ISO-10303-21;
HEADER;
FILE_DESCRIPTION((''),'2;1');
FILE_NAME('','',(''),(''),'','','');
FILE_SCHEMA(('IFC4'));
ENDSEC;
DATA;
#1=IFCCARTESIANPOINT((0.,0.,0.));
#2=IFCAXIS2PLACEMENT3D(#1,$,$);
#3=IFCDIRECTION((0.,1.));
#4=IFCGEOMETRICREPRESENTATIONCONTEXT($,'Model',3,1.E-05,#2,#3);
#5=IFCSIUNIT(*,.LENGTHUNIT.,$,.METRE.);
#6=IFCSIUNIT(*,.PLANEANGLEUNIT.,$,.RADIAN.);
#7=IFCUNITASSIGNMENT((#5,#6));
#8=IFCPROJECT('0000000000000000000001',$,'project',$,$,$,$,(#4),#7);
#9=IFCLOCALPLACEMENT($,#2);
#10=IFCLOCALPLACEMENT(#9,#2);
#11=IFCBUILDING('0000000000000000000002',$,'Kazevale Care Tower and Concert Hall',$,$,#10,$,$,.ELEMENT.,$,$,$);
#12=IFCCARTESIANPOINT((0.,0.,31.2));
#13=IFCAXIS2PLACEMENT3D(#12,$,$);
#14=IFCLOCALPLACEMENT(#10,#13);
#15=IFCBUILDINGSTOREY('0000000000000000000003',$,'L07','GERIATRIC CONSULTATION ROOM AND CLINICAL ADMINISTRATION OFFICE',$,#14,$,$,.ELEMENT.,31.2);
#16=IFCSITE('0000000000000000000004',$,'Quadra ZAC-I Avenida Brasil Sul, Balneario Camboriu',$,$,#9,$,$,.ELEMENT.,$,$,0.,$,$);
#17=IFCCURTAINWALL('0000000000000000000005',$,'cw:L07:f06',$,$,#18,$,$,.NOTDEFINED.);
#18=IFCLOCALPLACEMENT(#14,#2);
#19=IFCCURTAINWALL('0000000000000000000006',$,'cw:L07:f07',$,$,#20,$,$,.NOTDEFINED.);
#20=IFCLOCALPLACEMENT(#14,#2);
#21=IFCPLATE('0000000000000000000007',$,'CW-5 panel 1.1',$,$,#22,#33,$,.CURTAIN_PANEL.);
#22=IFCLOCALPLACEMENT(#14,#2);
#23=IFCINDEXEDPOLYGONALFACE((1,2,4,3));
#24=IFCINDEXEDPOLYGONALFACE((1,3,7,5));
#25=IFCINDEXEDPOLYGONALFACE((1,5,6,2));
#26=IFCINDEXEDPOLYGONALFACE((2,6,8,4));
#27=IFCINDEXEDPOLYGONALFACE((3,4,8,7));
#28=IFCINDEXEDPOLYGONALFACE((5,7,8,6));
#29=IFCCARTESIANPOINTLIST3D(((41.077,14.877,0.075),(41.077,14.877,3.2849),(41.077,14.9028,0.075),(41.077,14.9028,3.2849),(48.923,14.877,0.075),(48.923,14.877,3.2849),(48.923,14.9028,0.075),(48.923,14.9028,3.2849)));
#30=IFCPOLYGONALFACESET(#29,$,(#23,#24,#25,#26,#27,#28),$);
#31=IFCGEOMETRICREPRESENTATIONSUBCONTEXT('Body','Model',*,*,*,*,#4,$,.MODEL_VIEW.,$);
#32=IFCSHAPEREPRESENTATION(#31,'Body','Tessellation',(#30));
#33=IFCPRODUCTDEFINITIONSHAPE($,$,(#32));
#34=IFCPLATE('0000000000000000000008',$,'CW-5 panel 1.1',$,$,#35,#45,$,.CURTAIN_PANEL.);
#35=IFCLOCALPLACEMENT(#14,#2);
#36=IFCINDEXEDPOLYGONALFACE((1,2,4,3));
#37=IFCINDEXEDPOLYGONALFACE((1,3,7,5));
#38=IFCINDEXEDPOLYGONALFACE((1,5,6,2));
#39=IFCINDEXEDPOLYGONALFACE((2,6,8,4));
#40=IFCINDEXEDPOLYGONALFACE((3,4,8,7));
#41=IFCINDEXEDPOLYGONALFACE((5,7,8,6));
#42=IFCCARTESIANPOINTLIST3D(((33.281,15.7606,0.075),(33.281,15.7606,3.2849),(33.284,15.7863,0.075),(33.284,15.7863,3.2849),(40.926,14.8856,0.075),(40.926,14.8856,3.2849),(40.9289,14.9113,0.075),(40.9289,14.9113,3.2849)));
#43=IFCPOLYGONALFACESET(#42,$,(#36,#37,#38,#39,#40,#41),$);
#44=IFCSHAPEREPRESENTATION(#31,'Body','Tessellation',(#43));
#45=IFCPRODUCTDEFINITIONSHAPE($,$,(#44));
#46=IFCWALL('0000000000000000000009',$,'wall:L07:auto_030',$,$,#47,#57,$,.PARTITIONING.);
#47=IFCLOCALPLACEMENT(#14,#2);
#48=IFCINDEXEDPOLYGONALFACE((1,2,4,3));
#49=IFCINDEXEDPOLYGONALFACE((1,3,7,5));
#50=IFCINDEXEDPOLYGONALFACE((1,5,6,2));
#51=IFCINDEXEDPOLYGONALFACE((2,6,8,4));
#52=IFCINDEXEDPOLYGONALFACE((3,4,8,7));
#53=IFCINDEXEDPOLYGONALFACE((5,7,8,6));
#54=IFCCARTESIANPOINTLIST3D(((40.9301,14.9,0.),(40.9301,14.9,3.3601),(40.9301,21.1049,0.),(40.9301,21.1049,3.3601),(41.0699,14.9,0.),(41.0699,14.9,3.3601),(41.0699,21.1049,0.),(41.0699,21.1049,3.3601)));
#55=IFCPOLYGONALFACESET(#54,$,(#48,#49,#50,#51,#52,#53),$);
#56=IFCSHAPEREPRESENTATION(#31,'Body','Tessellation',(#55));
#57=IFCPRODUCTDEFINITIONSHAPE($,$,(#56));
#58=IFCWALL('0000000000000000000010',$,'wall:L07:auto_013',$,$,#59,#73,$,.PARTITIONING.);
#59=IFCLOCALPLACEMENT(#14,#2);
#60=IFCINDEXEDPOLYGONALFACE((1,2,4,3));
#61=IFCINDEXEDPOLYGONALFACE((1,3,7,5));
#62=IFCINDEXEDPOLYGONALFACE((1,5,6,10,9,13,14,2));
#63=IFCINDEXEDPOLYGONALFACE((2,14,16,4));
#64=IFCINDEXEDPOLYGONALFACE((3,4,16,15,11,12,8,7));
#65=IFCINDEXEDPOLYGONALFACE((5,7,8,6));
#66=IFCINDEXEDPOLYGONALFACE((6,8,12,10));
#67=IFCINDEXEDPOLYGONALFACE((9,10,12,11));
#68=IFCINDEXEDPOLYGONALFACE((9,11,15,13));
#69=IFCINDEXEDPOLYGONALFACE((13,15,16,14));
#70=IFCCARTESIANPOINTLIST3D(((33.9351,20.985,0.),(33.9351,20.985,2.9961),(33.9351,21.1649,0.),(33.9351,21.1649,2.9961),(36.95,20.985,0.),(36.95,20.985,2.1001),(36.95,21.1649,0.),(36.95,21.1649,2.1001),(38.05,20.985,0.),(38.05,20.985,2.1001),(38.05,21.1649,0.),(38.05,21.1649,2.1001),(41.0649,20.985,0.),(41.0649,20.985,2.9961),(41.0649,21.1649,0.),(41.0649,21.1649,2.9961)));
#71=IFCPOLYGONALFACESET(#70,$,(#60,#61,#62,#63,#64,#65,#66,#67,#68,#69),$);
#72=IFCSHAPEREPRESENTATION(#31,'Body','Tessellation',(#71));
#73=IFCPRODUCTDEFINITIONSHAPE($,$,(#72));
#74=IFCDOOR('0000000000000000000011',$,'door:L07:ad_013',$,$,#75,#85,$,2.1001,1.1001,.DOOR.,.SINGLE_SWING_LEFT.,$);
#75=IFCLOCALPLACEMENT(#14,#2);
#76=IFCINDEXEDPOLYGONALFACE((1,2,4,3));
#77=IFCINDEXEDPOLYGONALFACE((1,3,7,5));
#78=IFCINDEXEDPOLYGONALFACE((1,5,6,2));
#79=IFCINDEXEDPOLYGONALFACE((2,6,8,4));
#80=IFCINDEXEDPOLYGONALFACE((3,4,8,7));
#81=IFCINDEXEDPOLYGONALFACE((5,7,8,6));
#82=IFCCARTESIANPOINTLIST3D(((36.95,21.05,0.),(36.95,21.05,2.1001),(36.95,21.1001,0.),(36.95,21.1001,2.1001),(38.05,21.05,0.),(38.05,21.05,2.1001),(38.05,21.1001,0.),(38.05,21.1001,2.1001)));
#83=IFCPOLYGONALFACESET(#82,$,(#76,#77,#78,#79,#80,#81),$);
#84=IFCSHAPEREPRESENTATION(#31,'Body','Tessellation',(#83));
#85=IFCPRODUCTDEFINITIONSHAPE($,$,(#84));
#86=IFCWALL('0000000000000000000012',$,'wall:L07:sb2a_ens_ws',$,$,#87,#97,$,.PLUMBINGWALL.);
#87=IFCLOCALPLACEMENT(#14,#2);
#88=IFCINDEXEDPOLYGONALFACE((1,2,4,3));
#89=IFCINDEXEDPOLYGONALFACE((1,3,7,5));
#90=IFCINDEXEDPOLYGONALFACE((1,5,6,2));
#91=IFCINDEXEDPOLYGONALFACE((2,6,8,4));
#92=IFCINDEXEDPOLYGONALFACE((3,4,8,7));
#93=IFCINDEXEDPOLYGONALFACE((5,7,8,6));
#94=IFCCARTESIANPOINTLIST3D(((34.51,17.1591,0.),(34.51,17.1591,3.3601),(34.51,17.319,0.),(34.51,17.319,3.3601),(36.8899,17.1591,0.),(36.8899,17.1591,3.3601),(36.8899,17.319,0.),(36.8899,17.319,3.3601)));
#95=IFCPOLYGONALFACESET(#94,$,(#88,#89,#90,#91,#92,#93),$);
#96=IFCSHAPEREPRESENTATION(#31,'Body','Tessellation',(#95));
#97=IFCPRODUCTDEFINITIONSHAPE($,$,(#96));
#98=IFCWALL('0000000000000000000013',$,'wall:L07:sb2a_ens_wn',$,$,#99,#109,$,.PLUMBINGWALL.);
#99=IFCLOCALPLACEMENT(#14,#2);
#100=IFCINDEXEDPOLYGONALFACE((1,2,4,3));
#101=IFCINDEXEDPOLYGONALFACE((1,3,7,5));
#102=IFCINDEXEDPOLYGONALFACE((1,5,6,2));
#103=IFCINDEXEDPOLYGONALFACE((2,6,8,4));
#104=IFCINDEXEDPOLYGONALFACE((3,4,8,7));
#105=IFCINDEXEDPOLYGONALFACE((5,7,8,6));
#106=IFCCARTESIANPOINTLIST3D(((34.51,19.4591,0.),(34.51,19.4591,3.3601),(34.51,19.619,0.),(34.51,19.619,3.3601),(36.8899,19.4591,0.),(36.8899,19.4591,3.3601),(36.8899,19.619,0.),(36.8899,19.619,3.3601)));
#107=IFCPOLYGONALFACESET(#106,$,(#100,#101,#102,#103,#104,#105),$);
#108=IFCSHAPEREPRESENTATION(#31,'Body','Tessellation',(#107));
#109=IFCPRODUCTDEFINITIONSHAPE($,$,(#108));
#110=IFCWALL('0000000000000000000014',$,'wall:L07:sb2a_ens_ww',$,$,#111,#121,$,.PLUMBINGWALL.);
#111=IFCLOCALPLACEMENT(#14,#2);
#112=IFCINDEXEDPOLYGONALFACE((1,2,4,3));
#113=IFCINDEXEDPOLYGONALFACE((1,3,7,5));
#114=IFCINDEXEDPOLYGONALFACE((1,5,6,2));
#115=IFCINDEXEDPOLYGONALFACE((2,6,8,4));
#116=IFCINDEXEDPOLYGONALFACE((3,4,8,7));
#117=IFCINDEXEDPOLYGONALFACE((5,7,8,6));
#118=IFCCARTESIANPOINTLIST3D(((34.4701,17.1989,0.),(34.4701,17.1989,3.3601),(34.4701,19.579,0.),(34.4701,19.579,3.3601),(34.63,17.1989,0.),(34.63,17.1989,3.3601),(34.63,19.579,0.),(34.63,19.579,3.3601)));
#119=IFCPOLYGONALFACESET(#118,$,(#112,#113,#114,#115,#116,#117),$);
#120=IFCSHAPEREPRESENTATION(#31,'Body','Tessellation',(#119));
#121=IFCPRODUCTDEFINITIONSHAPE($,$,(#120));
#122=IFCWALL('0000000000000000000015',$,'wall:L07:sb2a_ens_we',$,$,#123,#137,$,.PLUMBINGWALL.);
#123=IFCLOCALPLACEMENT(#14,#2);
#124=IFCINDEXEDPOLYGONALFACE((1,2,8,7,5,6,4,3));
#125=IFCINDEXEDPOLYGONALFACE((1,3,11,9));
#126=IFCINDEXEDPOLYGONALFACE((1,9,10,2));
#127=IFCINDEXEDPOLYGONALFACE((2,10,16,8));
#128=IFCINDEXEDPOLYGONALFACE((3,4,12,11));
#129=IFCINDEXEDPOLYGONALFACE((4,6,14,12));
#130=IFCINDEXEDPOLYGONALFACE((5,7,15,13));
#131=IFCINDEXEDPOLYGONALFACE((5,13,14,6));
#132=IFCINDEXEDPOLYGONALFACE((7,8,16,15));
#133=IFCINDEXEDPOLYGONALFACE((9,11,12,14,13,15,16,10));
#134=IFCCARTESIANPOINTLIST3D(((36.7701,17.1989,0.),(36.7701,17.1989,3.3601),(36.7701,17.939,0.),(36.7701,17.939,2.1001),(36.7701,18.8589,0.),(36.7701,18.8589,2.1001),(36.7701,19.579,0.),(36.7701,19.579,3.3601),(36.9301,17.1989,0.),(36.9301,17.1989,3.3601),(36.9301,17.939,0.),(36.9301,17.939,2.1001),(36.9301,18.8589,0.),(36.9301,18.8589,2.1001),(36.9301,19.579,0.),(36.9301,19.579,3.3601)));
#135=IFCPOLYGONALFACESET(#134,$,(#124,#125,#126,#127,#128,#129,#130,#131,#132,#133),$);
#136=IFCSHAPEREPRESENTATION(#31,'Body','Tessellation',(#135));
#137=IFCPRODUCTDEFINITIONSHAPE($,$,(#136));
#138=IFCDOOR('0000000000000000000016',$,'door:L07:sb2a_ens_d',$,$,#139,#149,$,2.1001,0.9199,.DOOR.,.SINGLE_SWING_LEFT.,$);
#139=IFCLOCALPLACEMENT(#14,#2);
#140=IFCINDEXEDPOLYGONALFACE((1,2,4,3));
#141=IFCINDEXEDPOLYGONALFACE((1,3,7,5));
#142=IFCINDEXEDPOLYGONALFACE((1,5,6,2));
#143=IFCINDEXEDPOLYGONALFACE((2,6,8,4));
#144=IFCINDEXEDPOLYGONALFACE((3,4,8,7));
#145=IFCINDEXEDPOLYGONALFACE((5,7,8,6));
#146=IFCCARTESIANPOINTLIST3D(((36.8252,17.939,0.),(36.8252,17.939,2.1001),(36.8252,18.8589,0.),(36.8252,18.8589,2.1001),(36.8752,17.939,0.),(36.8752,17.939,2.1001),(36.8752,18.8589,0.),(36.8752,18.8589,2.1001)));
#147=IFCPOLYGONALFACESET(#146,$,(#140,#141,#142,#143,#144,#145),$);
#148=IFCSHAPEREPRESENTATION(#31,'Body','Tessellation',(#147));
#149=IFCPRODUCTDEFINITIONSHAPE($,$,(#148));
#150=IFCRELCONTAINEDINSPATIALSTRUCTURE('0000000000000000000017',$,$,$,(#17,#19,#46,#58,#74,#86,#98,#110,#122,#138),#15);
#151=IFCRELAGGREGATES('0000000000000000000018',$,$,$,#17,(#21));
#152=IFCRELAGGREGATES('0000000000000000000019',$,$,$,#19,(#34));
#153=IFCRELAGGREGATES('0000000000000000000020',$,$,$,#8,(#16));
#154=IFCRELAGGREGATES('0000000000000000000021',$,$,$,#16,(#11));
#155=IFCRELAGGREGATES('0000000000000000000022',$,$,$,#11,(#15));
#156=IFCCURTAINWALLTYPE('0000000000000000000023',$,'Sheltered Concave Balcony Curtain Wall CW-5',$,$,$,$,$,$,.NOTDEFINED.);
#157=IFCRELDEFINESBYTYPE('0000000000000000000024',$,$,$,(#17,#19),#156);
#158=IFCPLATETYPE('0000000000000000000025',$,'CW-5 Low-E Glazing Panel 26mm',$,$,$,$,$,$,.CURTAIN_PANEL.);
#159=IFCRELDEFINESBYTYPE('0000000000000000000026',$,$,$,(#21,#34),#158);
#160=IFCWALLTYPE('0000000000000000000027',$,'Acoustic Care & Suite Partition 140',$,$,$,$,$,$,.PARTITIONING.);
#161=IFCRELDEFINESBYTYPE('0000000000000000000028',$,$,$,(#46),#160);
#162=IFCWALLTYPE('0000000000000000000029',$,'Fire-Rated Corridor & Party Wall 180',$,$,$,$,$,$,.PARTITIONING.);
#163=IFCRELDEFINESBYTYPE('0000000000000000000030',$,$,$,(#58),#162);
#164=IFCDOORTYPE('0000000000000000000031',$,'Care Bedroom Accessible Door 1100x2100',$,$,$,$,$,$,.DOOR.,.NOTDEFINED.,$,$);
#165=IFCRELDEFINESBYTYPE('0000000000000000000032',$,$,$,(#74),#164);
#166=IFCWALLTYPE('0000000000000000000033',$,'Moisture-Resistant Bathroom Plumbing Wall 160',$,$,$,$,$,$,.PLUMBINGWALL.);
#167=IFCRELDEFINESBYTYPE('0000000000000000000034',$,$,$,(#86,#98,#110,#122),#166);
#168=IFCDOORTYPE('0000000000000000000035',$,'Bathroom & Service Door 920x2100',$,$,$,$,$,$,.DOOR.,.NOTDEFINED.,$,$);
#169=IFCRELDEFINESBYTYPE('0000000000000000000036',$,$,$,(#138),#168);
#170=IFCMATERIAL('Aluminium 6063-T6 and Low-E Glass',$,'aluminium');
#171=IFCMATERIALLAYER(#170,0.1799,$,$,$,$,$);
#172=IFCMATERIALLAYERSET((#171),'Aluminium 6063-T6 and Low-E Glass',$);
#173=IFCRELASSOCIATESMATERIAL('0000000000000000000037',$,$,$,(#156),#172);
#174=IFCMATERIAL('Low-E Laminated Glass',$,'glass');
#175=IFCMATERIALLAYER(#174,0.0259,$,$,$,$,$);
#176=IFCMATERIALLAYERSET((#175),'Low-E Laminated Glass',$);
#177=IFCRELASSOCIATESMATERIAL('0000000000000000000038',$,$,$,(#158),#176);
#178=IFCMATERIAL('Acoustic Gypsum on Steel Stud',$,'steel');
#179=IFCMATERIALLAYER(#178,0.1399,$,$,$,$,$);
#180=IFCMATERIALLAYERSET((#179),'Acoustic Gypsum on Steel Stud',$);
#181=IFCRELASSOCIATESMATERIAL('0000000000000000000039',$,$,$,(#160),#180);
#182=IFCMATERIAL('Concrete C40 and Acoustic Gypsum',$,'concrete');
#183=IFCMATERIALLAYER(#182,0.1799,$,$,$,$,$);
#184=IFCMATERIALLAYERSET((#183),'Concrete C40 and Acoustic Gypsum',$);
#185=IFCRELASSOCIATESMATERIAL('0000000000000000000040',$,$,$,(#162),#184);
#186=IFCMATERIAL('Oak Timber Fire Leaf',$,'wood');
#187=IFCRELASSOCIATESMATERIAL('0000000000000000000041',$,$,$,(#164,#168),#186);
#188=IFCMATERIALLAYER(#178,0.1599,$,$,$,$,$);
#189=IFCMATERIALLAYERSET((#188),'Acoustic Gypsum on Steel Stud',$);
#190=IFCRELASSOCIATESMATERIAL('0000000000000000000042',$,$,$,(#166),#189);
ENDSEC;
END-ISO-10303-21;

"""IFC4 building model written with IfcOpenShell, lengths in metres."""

from ifc_helpers import new_model, si_unit, direction, frame, frame_2d, origin, origin_2d, place, context, subcontext, project, spatial, rectangle, extrude, material, layer, layer_set, type_object, element, fill, aggregate, save


model = new_model("IFC4")

# Units and contexts
model_context = context("Model", 3, precision=1e-05, world=origin(), true_north=direction((0.0, 1.0)))
body_context = subcontext(model_context, "Body", "Model", "MODEL_VIEW")
ifc_project = project(units=[si_unit("LENGTHUNIT", "METRE"), si_unit("PLANEANGLEUNIT", "RADIAN")], contexts=[model_context])

# Site, building, storey
site_placement = place(None, origin())
site = spatial("IfcSite", under=ifc_project, at=site_placement, Name="Quadra ZAC-I Avenida Brasil Sul, Balneario Camboriu", CompositionType="ELEMENT", RefElevation=0.0)
building_placement = place(site_placement, origin())
building = spatial("IfcBuilding", under=site, at=building_placement, Name="Kazevale Care Tower and Concert Hall", CompositionType="ELEMENT")
storey_placement = place(building_placement, frame((0.0, 0.0, 31.2)))
storey = spatial("IfcBuildingStorey", under=building, at=storey_placement, Name="L07", Description="GERIATRIC CONSULTATION ROOM AND CLINICAL ADMINISTRATION OFFICE", CompositionType="ELEMENT", Elevation=31.2)

# Curtain wall
ifc_material_1 = material(Name="Aluminium 6063-T6 and Low-E Glass", Category="aluminium")
ifc_layer_1 = layer(ifc_material_1, 0.1799)
ifc_layer_set_1 = layer_set([ifc_layer_1], Name="Aluminium 6063-T6 and Low-E Glass")
curtain_wall_type = type_object("IfcCurtainWallType", Name="Sheltered Concave Balcony Curtain Wall CW-5", PredefinedType="NOTDEFINED", material=ifc_layer_set_1)
curtain_wall_1_placement = place(storey_placement, origin())
curtain_wall_1 = element("IfcCurtainWall", 1, at=curtain_wall_1_placement, inside=storey, type_object=curtain_wall_type, Name="cw:L07:f06", PredefinedType="NOTDEFINED")

# Curtain wall
curtain_wall_2_placement = place(storey_placement, origin())
curtain_wall_2 = element("IfcCurtainWall", 2, at=curtain_wall_2_placement, inside=storey, type_object=curtain_wall_type, Name="cw:L07:f07", PredefinedType="NOTDEFINED")

# Plates
ifc_material_2 = material(Name="Low-E Laminated Glass", Category="glass")
ifc_layer_2 = layer(ifc_material_2, 0.0259)
ifc_layer_set_2 = layer_set([ifc_layer_2], Name="Low-E Laminated Glass")
plate_type = type_object("IfcPlateType", Name="CW-5 Low-E Glazing Panel 26mm", PredefinedType="CURTAIN_PANEL", material=ifc_layer_set_2)
plate_1_placement = place(storey_placement, frame((45.0, 14.8899, 0.075), z_axis=(0.0, 0.0, 1.0), x_axis=(-1.0, 0.0, 0.0)))
plate_1 = element("IfcPlate", 3, at=plate_1_placement, type_object=plate_type, Name="CW-5 panel 1.1", PredefinedType="CURTAIN_PANEL", context=body_context, shape_type="SweptSolid", body=[
    extrude(rectangle(XDim=7.8459, YDim=0.0259, at=origin_2d()), origin(), (0.0, 0.0, 1.0), 3.21),
])
aggregate(curtain_wall_1, [plate_1])
plate_2_placement = place(storey_placement, frame((37.105, 15.3359, 0.075), z_axis=(0.0, 0.0, 1.0), x_axis=(-0.993515, 0.113705, 0.0)))
plate_2 = element("IfcPlate", 4, at=plate_2_placement, type_object=plate_type, Name="CW-5 panel 1.1", PredefinedType="CURTAIN_PANEL", context=body_context, shape_type="SweptSolid", body=[
    extrude(rectangle(XDim=7.6948, YDim=0.0259, at=origin_2d()), origin(), (0.0, 0.0, 1.0), 3.21),
])
aggregate(curtain_wall_2, [plate_2])

# Wall
ifc_material_3 = material(Name="Acoustic Gypsum on Steel Stud", Category="steel")
ifc_layer_3 = layer(ifc_material_3, 0.1399)
ifc_layer_set_3 = layer_set([ifc_layer_3], Name="Acoustic Gypsum on Steel Stud")
wall_type_1 = type_object("IfcWallType", Name="Acoustic Care & Suite Partition 140", PredefinedType="PARTITIONING", material=ifc_layer_set_3)
wall_1_placement = place(storey_placement, frame((41.0, 21.105, 0.0), z_axis=(0.0, 0.0, 1.0), x_axis=(0.0, -1.0, 0.0)))
element("IfcWall", 5, at=wall_1_placement, inside=storey, type_object=wall_type_1, Name="wall:L07:auto_030", PredefinedType="PARTITIONING", context=body_context, shape_type="SweptSolid", body=[
    extrude(rectangle(XDim=6.2048, YDim=0.1399, at=frame_2d((3.1025, 0.0))), origin(), (0.0, 0.0, 1.0), 3.3601),
])

# Wall, opening, door
ifc_material_4 = material(Name="Concrete C40 and Acoustic Gypsum", Category="concrete")
ifc_layer_4 = layer(ifc_material_4, 0.1799)
ifc_layer_set_4 = layer_set([ifc_layer_4], Name="Concrete C40 and Acoustic Gypsum")
wall_type_2 = type_object("IfcWallType", Name="Fire-Rated Corridor & Party Wall 180", PredefinedType="PARTITIONING", material=ifc_layer_set_4)
wall_2_placement = place(storey_placement, frame((41.0649, 21.075, 0.0), z_axis=(0.0, 0.0, 1.0), x_axis=(-1.0, 0.0, 0.0)))
wall_2 = element("IfcWall", 6, at=wall_2_placement, inside=storey, type_object=wall_type_2, Name="wall:L07:auto_013", PredefinedType="PARTITIONING", context=body_context, shape_type="SweptSolid", body=[
    extrude(rectangle(XDim=7.1299, YDim=0.1799, at=frame_2d((3.5649, 0.0))), origin(), (0.0, 0.0, 1.0), 2.9961),
])
opening_1_placement = place(wall_2_placement, frame((3.0149, 0.0, 0.0)))
opening_1 = element("IfcOpeningElement", 7, at=opening_1_placement, cuts=wall_2, PredefinedType="OPENING", context=body_context, shape_type="SweptSolid", body=[
    extrude(rectangle(XDim=1.1001, YDim=2.1001, at=frame_2d((0.55, 1.05))), frame((0.0, 0.0999, 0.0), z_axis=(0.0, -1.0, 0.0), x_axis=(1.0, 0.0, 0.0)), (0.0, 0.0, 1.0), 0.2),
])
ifc_material_5 = material(Name="Oak Timber Fire Leaf", Category="wood")
door_type_1 = type_object("IfcDoorType", Name="Care Bedroom Accessible Door 1100x2100", OperationType="NOTDEFINED", PredefinedType="DOOR", material=ifc_material_5)
door_1_placement = place(opening_1_placement, origin())
door_1 = element("IfcDoor", 8, at=door_1_placement, inside=storey, type_object=door_type_1, Name="door:L07:ad_013", OperationType="SINGLE_SWING_LEFT", OverallHeight=2.1001, OverallWidth=1.1001, PredefinedType="DOOR", context=body_context, shape_type="SweptSolid", body=[
    extrude(rectangle(XDim=1.1001, YDim=2.1001, at=frame_2d((0.55, 1.05))), frame((0.0, 0.0249, 0.0), z_axis=(0.0, -1.0, 0.0), x_axis=(1.0, 0.0, 0.0)), (0.0, 0.0, 1.0), 0.05),
])
fill(opening_1, door_1)

# Walls
ifc_layer_5 = layer(ifc_material_3, 0.1599)
ifc_layer_set_5 = layer_set([ifc_layer_5], Name="Acoustic Gypsum on Steel Stud")
wall_type_3 = type_object("IfcWallType", Name="Moisture-Resistant Bathroom Plumbing Wall 160", PredefinedType="PLUMBINGWALL", material=ifc_layer_set_5)
for number, where, z_axis, x_axis, name in (
    (9, (34.51, 17.239, 0.0), (0.0, 0.0, 1.0), (1.0, 0.0, 0.0), "wall:L07:sb2a_ens_ws"),
    (10, (34.51, 19.5391, 0.0), (0.0, 0.0, 1.0), (1.0, 0.0, 0.0), "wall:L07:sb2a_ens_wn"),
):
    element("IfcWall", number, at=place(storey_placement, frame(where, z_axis=z_axis, x_axis=x_axis)), inside=storey, type_object=wall_type_3, Name=name, PredefinedType="PLUMBINGWALL", context=body_context, shape_type="SweptSolid", body=[
        extrude(rectangle(XDim=2.3799, YDim=0.1599, at=frame_2d((1.1899, 0.0))), origin(), (0.0, 0.0, 1.0), 3.3601),
    ])
wall_3_placement = place(storey_placement, frame((34.55, 17.199, 0.0), z_axis=(0.0, 0.0, 1.0), x_axis=(0.0, 1.0, 0.0)))
element("IfcWall", 11, at=wall_3_placement, inside=storey, type_object=wall_type_3, Name="wall:L07:sb2a_ens_ww", PredefinedType="PLUMBINGWALL", context=body_context, shape_type="SweptSolid", body=[
    extrude(rectangle(XDim=2.3801, YDim=0.1599, at=frame_2d((1.1899, 0.0))), origin(), (0.0, 0.0, 1.0), 3.3601),
])

# Wall, opening, door
wall_4_placement = place(storey_placement, frame((36.8501, 17.199, 0.0), z_axis=(0.0, 0.0, 1.0), x_axis=(0.0, 1.0, 0.0)))
wall_4 = element("IfcWall", 12, at=wall_4_placement, inside=storey, type_object=wall_type_3, Name="wall:L07:sb2a_ens_we", PredefinedType="PLUMBINGWALL", context=body_context, shape_type="SweptSolid", body=[
    extrude(rectangle(XDim=2.3801, YDim=0.1599, at=frame_2d((1.1899, 0.0))), origin(), (0.0, 0.0, 1.0), 3.3601),
])
opening_2_placement = place(wall_4_placement, frame((0.74, 0.0, 0.0)))
opening_2 = element("IfcOpeningElement", 13, at=opening_2_placement, cuts=wall_4, PredefinedType="OPENING", context=body_context, shape_type="SweptSolid", body=[
    extrude(rectangle(XDim=0.9199, YDim=2.1001, at=frame_2d((0.46, 1.05))), frame((0.0, 0.0898, 0.0), z_axis=(0.0, -1.0, 0.0), x_axis=(1.0, 0.0, 0.0)), (0.0, 0.0, 1.0), 0.1799),
])
door_type_2 = type_object("IfcDoorType", Name="Bathroom & Service Door 920x2100", OperationType="NOTDEFINED", PredefinedType="DOOR", material=ifc_material_5)
door_2_placement = place(opening_2_placement, origin())
door_2 = element("IfcDoor", 14, at=door_2_placement, inside=storey, type_object=door_type_2, Name="door:L07:sb2a_ens_d", OperationType="SINGLE_SWING_LEFT", OverallHeight=2.1001, OverallWidth=0.9199, PredefinedType="DOOR", context=body_context, shape_type="SweptSolid", body=[
    extrude(rectangle(XDim=0.9199, YDim=2.1001, at=frame_2d((0.46, 1.05))), frame((0.0, 0.0249, 0.0), z_axis=(0.0, -1.0, 0.0), x_axis=(1.0, 0.0, 0.0)), (0.0, 0.0, 1.0), 0.05),
])
fill(opening_2, door_2)

save(model, "model.ifc")
